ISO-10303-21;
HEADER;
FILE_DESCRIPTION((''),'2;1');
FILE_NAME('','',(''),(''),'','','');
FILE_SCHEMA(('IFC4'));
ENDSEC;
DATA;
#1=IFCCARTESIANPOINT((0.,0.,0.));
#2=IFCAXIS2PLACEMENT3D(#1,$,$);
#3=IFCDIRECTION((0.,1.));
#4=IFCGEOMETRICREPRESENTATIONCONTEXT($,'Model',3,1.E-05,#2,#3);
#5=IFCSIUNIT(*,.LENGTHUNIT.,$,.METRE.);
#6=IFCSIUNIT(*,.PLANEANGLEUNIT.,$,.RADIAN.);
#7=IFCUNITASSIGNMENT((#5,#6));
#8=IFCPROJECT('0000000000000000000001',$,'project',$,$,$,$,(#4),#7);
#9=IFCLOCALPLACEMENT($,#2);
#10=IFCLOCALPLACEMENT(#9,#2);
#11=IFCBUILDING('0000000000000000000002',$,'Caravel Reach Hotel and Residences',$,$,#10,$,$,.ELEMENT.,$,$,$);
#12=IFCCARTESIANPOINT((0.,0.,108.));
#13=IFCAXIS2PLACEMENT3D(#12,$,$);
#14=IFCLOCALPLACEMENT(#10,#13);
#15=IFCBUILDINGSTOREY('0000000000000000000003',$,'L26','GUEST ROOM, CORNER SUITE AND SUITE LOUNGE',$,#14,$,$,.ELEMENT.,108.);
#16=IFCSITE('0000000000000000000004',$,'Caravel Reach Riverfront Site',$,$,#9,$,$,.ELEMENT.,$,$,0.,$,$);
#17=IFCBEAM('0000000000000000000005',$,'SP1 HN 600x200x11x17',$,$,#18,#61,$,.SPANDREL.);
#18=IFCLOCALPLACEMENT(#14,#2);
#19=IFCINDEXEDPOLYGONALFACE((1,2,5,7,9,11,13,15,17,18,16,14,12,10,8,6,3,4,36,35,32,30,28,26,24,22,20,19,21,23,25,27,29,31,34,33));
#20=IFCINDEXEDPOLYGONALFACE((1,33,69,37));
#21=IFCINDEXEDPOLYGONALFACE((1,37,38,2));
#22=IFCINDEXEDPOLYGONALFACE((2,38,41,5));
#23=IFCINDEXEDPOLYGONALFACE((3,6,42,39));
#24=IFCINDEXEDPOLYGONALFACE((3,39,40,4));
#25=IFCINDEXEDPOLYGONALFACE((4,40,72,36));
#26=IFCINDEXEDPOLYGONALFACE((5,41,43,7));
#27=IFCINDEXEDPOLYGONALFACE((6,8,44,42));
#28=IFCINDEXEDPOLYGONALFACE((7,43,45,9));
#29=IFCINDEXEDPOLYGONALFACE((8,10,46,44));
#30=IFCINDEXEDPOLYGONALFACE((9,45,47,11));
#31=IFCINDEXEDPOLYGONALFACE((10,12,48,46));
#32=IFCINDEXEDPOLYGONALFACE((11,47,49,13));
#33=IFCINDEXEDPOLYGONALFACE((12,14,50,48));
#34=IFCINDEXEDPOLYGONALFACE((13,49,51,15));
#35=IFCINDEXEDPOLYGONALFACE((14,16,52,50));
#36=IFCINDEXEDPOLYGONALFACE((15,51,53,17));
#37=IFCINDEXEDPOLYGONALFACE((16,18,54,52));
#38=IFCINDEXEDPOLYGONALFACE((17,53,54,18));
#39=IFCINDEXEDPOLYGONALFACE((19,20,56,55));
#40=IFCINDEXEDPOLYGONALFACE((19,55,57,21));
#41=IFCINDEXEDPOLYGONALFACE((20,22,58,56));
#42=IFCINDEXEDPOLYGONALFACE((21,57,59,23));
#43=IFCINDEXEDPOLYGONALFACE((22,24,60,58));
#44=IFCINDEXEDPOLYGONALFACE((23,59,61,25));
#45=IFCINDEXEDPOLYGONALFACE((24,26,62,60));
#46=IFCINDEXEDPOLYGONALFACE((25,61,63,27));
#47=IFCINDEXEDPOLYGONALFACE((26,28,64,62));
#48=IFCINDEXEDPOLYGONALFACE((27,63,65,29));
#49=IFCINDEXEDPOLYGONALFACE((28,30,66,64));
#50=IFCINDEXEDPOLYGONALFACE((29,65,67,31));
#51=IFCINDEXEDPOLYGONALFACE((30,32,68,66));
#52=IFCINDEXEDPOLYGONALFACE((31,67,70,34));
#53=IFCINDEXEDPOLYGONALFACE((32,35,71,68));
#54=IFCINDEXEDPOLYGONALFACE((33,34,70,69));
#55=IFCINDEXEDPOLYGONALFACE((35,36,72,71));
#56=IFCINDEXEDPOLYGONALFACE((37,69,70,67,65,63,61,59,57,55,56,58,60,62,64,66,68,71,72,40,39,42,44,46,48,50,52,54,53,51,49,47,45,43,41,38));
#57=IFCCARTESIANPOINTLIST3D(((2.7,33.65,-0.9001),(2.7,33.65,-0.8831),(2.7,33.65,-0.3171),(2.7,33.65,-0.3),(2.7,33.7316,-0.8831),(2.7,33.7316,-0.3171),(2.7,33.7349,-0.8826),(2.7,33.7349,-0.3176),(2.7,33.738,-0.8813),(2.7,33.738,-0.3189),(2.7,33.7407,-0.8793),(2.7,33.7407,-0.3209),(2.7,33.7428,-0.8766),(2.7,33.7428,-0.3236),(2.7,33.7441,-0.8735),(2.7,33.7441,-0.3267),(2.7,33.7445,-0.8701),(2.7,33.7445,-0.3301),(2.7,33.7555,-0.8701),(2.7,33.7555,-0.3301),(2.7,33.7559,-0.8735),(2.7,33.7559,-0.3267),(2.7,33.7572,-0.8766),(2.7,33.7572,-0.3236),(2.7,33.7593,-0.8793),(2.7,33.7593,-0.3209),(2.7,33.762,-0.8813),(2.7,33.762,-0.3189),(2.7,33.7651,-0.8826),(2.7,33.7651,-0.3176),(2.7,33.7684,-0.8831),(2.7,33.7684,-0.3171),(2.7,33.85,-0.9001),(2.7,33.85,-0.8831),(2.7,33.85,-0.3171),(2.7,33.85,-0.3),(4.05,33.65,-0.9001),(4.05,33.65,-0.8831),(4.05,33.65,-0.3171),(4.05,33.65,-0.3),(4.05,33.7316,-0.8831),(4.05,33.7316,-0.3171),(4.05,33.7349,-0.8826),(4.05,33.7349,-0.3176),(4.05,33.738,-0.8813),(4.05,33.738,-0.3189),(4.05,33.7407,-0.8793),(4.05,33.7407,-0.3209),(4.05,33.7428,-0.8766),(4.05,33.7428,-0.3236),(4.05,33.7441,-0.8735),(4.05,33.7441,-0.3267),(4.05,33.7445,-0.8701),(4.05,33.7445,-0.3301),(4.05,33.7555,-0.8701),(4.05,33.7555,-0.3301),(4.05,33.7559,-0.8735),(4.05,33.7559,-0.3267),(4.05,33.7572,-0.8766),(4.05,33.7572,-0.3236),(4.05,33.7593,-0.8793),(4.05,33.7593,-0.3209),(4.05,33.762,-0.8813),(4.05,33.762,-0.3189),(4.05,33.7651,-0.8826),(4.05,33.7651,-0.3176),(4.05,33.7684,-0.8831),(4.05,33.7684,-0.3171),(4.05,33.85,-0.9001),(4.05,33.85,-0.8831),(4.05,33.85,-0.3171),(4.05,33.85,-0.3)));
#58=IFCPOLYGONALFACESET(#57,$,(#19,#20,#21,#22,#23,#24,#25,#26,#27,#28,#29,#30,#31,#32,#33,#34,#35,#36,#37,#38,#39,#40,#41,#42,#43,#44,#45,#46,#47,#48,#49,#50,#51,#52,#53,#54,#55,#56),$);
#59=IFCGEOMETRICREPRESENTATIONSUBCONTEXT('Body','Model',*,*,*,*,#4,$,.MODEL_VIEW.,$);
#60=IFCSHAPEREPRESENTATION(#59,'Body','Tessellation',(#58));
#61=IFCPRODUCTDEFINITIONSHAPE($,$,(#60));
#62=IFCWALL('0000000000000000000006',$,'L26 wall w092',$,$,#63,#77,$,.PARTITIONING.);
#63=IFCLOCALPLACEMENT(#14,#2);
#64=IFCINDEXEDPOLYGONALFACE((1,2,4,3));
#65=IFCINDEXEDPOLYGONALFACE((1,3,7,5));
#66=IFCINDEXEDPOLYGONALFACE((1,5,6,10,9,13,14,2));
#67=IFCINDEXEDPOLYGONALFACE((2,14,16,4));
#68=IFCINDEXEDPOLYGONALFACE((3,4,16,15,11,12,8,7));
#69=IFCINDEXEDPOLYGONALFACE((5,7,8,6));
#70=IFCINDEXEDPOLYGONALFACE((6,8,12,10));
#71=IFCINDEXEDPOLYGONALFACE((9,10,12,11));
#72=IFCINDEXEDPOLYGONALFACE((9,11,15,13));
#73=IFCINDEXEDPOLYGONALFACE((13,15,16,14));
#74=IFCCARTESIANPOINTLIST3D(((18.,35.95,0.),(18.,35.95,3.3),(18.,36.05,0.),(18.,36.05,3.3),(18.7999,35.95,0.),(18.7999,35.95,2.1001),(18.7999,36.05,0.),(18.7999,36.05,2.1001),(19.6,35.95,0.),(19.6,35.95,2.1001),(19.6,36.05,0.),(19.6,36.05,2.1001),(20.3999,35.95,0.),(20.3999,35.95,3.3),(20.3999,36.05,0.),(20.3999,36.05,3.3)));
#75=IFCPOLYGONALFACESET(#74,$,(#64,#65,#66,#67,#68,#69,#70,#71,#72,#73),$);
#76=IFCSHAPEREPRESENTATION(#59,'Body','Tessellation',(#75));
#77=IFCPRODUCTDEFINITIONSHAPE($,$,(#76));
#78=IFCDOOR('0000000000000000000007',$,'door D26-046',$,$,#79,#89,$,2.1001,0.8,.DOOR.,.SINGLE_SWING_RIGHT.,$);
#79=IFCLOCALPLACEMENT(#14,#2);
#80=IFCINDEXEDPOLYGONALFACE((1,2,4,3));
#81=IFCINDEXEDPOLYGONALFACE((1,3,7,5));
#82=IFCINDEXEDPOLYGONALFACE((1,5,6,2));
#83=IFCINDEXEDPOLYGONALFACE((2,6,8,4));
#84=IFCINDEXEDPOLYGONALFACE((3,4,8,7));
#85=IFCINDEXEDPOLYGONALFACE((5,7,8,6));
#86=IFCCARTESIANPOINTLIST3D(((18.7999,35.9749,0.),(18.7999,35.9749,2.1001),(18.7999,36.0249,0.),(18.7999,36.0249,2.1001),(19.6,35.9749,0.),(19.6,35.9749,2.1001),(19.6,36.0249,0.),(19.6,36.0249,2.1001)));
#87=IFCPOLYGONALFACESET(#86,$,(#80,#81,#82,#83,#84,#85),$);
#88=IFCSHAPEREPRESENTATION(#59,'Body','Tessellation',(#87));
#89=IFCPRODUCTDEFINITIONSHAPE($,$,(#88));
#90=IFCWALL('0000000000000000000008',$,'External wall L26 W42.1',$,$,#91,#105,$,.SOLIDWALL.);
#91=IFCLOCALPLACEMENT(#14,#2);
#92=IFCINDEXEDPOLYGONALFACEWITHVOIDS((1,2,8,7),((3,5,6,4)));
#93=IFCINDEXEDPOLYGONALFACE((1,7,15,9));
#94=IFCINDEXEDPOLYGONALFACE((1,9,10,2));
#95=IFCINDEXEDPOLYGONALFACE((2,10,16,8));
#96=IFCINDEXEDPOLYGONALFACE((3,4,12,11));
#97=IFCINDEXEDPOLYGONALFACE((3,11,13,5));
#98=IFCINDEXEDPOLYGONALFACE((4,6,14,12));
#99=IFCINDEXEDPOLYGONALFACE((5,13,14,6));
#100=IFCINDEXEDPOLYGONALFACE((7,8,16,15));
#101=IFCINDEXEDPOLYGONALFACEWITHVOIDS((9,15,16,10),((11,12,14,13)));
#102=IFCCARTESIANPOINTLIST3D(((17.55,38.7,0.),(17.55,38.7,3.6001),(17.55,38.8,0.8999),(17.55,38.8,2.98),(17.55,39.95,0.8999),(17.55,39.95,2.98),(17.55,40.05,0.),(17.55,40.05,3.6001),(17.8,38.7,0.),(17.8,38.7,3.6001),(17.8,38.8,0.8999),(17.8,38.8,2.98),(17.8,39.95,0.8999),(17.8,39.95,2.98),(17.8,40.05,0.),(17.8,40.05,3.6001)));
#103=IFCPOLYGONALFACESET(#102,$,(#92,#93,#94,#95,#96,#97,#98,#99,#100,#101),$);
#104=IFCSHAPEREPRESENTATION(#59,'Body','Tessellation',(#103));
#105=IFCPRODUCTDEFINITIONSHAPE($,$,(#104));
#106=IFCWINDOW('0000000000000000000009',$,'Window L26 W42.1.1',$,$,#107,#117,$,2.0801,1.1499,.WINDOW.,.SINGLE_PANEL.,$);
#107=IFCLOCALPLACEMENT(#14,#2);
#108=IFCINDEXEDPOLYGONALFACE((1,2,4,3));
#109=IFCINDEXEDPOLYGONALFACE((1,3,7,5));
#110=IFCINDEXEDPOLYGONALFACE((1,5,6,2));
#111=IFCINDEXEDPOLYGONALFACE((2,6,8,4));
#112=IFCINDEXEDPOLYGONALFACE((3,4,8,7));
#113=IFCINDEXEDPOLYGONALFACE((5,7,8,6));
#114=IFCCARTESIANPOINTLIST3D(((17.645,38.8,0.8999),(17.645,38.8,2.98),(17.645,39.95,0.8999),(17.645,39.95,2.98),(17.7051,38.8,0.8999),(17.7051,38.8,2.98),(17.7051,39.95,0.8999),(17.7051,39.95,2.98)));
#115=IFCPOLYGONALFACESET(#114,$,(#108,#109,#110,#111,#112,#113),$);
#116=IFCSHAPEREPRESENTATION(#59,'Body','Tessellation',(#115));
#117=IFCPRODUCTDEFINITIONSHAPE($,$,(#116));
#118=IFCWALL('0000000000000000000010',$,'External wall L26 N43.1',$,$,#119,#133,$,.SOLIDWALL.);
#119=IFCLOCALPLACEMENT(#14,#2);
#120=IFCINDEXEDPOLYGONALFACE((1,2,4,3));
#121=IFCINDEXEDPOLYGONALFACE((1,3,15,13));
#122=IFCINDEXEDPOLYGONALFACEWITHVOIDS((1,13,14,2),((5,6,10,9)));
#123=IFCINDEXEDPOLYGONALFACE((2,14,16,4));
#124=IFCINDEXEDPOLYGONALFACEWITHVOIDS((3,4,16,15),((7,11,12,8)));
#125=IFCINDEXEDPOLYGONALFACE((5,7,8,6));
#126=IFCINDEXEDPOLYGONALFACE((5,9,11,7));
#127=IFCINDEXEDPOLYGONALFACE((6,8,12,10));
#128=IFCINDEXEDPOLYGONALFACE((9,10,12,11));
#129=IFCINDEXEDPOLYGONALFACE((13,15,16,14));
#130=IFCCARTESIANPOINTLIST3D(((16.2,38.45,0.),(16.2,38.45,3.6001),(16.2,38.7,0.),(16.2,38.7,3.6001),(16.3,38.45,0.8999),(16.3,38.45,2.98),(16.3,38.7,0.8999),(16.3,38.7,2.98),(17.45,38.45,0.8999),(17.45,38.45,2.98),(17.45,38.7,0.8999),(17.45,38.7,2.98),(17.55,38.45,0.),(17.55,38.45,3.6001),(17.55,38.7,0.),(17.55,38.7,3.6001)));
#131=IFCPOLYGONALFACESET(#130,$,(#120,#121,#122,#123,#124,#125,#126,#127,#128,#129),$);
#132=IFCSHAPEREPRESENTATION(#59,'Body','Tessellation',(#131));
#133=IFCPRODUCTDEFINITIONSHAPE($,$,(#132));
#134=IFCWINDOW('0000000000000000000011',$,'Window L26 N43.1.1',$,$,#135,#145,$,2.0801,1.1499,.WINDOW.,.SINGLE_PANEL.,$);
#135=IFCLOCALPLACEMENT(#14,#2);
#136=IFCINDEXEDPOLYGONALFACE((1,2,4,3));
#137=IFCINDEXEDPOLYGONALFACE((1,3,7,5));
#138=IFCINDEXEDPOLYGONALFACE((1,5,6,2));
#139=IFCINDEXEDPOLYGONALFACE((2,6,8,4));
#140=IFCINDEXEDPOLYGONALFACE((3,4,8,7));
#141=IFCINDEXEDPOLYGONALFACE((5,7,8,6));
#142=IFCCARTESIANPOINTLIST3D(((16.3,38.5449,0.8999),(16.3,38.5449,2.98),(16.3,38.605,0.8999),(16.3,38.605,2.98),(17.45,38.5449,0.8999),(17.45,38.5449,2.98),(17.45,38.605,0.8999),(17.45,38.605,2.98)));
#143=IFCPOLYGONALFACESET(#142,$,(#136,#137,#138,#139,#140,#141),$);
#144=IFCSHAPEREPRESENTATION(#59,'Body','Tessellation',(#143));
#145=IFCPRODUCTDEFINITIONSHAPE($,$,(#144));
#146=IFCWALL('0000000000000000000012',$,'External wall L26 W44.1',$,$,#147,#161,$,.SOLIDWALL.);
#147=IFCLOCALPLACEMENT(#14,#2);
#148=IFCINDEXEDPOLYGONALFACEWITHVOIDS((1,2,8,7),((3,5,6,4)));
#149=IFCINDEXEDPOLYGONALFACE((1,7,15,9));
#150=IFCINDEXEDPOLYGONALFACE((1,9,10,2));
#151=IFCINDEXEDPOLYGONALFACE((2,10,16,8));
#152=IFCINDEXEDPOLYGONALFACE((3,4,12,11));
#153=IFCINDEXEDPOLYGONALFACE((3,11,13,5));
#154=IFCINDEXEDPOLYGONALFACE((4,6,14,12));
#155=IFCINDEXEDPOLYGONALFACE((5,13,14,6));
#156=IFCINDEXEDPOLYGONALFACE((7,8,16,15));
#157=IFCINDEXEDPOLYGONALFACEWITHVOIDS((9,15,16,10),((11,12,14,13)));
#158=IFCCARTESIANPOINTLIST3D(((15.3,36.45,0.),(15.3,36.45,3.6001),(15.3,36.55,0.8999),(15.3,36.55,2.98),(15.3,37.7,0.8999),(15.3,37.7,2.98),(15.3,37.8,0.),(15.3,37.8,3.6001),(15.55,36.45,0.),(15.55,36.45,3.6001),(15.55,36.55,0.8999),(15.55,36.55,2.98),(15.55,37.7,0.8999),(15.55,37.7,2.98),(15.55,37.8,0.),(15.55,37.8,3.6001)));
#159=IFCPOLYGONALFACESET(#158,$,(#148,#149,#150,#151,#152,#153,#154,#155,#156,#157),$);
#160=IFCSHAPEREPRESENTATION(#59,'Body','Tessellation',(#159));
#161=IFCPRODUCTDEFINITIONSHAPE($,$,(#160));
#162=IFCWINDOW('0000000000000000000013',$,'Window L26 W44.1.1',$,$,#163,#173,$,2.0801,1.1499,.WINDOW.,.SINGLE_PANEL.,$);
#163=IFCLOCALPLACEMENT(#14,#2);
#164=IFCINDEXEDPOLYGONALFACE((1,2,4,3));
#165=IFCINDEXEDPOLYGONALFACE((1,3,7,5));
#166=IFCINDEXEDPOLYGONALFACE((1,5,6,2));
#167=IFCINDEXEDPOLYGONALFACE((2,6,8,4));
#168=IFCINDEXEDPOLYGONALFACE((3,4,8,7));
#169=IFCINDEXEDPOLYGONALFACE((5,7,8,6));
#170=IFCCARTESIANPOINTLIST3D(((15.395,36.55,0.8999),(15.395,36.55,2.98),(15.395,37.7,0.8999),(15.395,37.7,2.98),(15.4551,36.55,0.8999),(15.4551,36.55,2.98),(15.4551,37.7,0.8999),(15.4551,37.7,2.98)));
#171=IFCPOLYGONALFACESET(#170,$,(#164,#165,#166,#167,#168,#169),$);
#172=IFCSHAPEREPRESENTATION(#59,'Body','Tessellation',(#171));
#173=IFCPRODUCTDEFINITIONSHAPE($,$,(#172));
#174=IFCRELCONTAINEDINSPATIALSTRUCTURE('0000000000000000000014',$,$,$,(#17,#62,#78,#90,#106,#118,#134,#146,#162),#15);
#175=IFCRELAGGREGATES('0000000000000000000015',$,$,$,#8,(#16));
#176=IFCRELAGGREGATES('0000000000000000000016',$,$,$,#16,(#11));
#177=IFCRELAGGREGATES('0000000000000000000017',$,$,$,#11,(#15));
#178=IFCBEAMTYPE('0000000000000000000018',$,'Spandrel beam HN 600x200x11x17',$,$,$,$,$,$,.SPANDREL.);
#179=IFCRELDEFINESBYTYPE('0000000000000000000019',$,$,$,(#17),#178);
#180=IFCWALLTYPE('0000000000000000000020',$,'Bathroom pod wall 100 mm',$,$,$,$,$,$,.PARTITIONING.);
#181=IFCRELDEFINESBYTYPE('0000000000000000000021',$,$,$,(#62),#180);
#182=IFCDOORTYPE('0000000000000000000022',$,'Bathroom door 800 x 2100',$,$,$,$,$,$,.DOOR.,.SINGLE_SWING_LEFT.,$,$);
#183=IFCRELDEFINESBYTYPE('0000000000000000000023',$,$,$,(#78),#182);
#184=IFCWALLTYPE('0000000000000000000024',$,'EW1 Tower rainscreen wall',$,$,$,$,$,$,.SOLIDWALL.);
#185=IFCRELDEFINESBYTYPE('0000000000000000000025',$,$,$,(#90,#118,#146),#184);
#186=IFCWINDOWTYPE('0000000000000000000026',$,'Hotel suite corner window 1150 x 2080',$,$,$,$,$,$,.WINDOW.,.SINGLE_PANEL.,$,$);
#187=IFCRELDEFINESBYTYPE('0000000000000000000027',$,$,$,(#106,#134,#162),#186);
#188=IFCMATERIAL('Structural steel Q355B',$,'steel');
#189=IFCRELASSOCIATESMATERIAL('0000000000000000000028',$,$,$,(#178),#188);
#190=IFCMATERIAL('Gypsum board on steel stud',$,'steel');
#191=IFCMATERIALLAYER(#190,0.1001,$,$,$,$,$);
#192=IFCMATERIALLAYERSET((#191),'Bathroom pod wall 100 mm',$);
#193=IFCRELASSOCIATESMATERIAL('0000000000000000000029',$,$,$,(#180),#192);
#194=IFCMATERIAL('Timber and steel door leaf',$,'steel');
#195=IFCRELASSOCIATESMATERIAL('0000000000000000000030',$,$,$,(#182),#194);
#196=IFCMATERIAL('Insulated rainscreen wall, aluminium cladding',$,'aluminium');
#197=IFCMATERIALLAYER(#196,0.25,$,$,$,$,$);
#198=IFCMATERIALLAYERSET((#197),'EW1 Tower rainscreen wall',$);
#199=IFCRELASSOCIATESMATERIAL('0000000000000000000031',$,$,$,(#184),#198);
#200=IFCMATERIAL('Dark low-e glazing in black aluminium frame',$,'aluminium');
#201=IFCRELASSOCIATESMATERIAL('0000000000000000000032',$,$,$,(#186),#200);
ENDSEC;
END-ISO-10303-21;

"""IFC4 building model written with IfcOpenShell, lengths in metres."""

from ifc_helpers import new_model, si_unit, direction, frame, frame_2d, origin, origin_2d, place, context, subcontext, project, spatial, rectangle, i_section, extrude, material, layer, layer_set, material_profile, profile_set, type_object, element, fill, save


model = new_model("IFC4")

# Units and contexts
model_context = context("Model", 3, precision=1e-05, world=origin(), true_north=direction((0.0, 1.0)))
body_context = subcontext(model_context, "Body", "Model", "MODEL_VIEW")
ifc_project = project(units=[si_unit("LENGTHUNIT", "METRE"), si_unit("PLANEANGLEUNIT", "RADIAN")], contexts=[model_context])

# Site, building, storey
site_placement = place(None, origin())
site = spatial("IfcSite", under=ifc_project, at=site_placement, Name="Caravel Reach Riverfront Site", CompositionType="ELEMENT", RefElevation=0.0)
building_placement = place(site_placement, origin())
building = spatial("IfcBuilding", under=site, at=building_placement, Name="Caravel Reach Hotel and Residences", CompositionType="ELEMENT")
storey_placement = place(building_placement, frame((0.0, 0.0, 108.0)))
storey = spatial("IfcBuildingStorey", under=building, at=storey_placement, Name="L26", Description="GUEST ROOM, CORNER SUITE AND SUITE LOUNGE", CompositionType="ELEMENT", Elevation=108.0)

# Beam
ifc_material_1 = material(Name="Structural steel Q355B", Category="steel")
ifc_material_profile_1 = material_profile(ifc_material_1, i_section(OverallWidth=0.2, OverallDepth=0.6001, WebThickness=0.011, FlangeThickness=0.0171, FilletRadius=0.0129, at=origin_2d()), Name="HN 600x200x11x17")
ifc_profile_set_1 = profile_set([ifc_material_profile_1], Name="Structural steel Q355B")
beam_type = type_object("IfcBeamType", Name="Spandrel beam HN 600x200x11x17", PredefinedType="SPANDREL", material=ifc_profile_set_1)
for number, where, z_axis, x_axis, name in (
    (1, (4.05, 33.75, -0.6001), (-1.0, 0.0, 0.0), (0.0, -1.0, 0.0), "SP1 HN 600x200x11x17"),
):
    element("IfcBeam", number, at=place(storey_placement, frame(where, z_axis=z_axis, x_axis=x_axis)), inside=storey, type_object=beam_type, Name=name, PredefinedType="SPANDREL", context=body_context, shape_type="SweptSolid", body=[
        extrude(i_section(OverallWidth=0.2, OverallDepth=0.6001, WebThickness=0.011, FlangeThickness=0.0171, FilletRadius=0.0129, at=origin_2d()), origin(), (0.0, 0.0, 1.0), 1.3501),
    ])

# Wall, opening, door
ifc_material_2 = material(Name="Gypsum board on steel stud", Category="steel")
ifc_layer_1 = layer(ifc_material_2, 0.1001)
ifc_layer_set_1 = layer_set([ifc_layer_1], Name="Bathroom pod wall 100 mm")
wall_type_1 = type_object("IfcWallType", Name="Bathroom pod wall 100 mm", PredefinedType="PARTITIONING", material=ifc_layer_set_1)
wall_1_placement = place(storey_placement, frame((18.0, 36.0, 0.0), z_axis=(0.0, 0.0, 1.0), x_axis=(1.0, 0.0, 0.0)))
wall_1 = element("IfcWall", 2, at=wall_1_placement, inside=storey, type_object=wall_type_1, Name="L26 wall w092", PredefinedType="PARTITIONING", context=body_context, shape_type="SweptSolid", body=[
    extrude(rectangle(XDim=2.3999, YDim=0.1001, at=frame_2d((1.2, 0.0))), origin(), (0.0, 0.0, 1.0), 3.3),
])
opening_1_placement = place(wall_1_placement, frame((0.8, 0.0, 0.0)))
opening_1 = element("IfcOpeningElement", 3, at=opening_1_placement, cuts=wall_1, PredefinedType="OPENING", context=body_context, shape_type="SweptSolid", body=[
    extrude(rectangle(XDim=0.8, YDim=2.1001, at=frame_2d((0.3999, 1.05))), frame((0.0, 0.0601, 0.0), z_axis=(0.0, -1.0, 0.0), x_axis=(1.0, 0.0, 0.0)), (0.0, 0.0, 1.0), 0.1201),
])
ifc_material_3 = material(Name="Timber and steel door leaf", Category="steel")
door_type = type_object("IfcDoorType", Name="Bathroom door 800 x 2100", OperationType="SINGLE_SWING_LEFT", PredefinedType="DOOR", material=ifc_material_3)
door_placement = place(opening_1_placement, origin())
door = element("IfcDoor", 4, at=door_placement, inside=storey, type_object=door_type, Name="door D26-046", OperationType="SINGLE_SWING_RIGHT", OverallHeight=2.1001, OverallWidth=0.8, PredefinedType="DOOR", context=body_context, shape_type="SweptSolid", body=[
    extrude(rectangle(XDim=0.8, YDim=2.1001, at=frame_2d((0.3999, 1.05))), frame((0.0, 0.0249, 0.0), z_axis=(0.0, -1.0, 0.0), x_axis=(1.0, 0.0, 0.0)), (0.0, 0.0, 1.0), 0.05),
])
fill(opening_1, door)

# Walls, openings, windows
ifc_material_4 = material(Name="Insulated rainscreen wall, aluminium cladding", Category="aluminium")
ifc_layer_2 = layer(ifc_material_4, 0.25)
ifc_layer_set_2 = layer_set([ifc_layer_2], Name="EW1 Tower rainscreen wall")
wall_type_2 = type_object("IfcWallType", Name="EW1 Tower rainscreen wall", PredefinedType="SOLIDWALL", material=ifc_layer_set_2)
wall_2_placement = place(storey_placement, frame((17.675, 40.05, 0.0), z_axis=(0.0, 0.0, 1.0), x_axis=(0.0, -1.0, 0.0)))
wall_2 = element("IfcWall", 5, at=wall_2_placement, inside=storey, type_object=wall_type_2, Name="External wall L26 W42.1", PredefinedType="SOLIDWALL", context=body_context, shape_type="SweptSolid", body=[
    extrude(rectangle(XDim=1.3501, YDim=0.25, at=frame_2d((0.675, 0.0))), origin(), (0.0, 0.0, 1.0), 3.6001),
])
opening_2_placement = place(wall_2_placement, frame((0.1001, 0.0, 0.8999)))
opening_2 = element("IfcOpeningElement", 6, at=opening_2_placement, cuts=wall_2, PredefinedType="OPENING", context=body_context, shape_type="SweptSolid", body=[
    extrude(rectangle(XDim=1.1499, YDim=2.0801, at=frame_2d((0.575, 1.04))), frame((0.0, 0.135, 0.0), z_axis=(0.0, -1.0, 0.0), x_axis=(1.0, 0.0, 0.0)), (0.0, 0.0, 1.0), 0.27),
])
ifc_material_5 = material(Name="Dark low-e glazing in black aluminium frame", Category="aluminium")
window_type_1 = type_object("IfcWindowType", Name="Hotel suite corner window 1150 x 2080", PartitioningType="SINGLE_PANEL", PredefinedType="WINDOW", material=ifc_material_5)
window_1_placement = place(opening_2_placement, origin())
window_1 = element("IfcWindow", 7, at=window_1_placement, inside=storey, type_object=window_type_1, Name="Window L26 W42.1.1", OverallHeight=2.0801, OverallWidth=1.1499, PartitioningType="SINGLE_PANEL", PredefinedType="WINDOW", context=body_context, shape_type="SweptSolid", body=[
    extrude(rectangle(XDim=1.1499, YDim=2.0801, at=frame_2d((0.575, 1.04))), frame((0.0, 0.03, 0.0), z_axis=(0.0, -1.0, 0.0), x_axis=(1.0, 0.0, 0.0)), (0.0, 0.0, 1.0), 0.0601),
])
fill(opening_2, window_1)
wall_3_placement = place(storey_placement, frame((17.55, 38.575, 0.0), z_axis=(0.0, 0.0, 1.0), x_axis=(-1.0, 0.0, 0.0)))
wall_3 = element("IfcWall", 8, at=wall_3_placement, inside=storey, type_object=wall_type_2, Name="External wall L26 N43.1", PredefinedType="SOLIDWALL", context=body_context, shape_type="SweptSolid", body=[
    extrude(rectangle(XDim=1.3501, YDim=0.25, at=frame_2d((0.675, 0.0))), origin(), (0.0, 0.0, 1.0), 3.6001),
])
opening_3_placement = place(wall_3_placement, frame((0.1001, 0.0, 0.8999)))
opening_3 = element("IfcOpeningElement", 9, at=opening_3_placement, cuts=wall_3, PredefinedType="OPENING", context=body_context, shape_type="SweptSolid", body=[
    extrude(rectangle(XDim=1.1499, YDim=2.0801, at=frame_2d((0.575, 1.04))), frame((0.0, 0.135, 0.0), z_axis=(0.0, -1.0, 0.0), x_axis=(1.0, 0.0, 0.0)), (0.0, 0.0, 1.0), 0.27),
])
window_2_placement = place(opening_3_placement, origin())
window_2 = element("IfcWindow", 10, at=window_2_placement, inside=storey, type_object=window_type_1, Name="Window L26 N43.1.1", OverallHeight=2.0801, OverallWidth=1.1499, PartitioningType="SINGLE_PANEL", PredefinedType="WINDOW", context=body_context, shape_type="SweptSolid", body=[
    extrude(rectangle(XDim=1.1499, YDim=2.0801, at=frame_2d((0.575, 1.04))), frame((0.0, 0.03, 0.0), z_axis=(0.0, -1.0, 0.0), x_axis=(1.0, 0.0, 0.0)), (0.0, 0.0, 1.0), 0.0601),
])
fill(opening_3, window_2)
wall_4_placement = place(storey_placement, frame((15.425, 37.8, 0.0), z_axis=(0.0, 0.0, 1.0), x_axis=(0.0, -1.0, 0.0)))
wall_4 = element("IfcWall", 11, at=wall_4_placement, inside=storey, type_object=wall_type_2, Name="External wall L26 W44.1", PredefinedType="SOLIDWALL", context=body_context, shape_type="SweptSolid", body=[
    extrude(rectangle(XDim=1.3501, YDim=0.25, at=frame_2d((0.675, 0.0))), origin(), (0.0, 0.0, 1.0), 3.6001),
])
opening_4_placement = place(wall_4_placement, frame((0.1001, 0.0, 0.8999)))
opening_4 = element("IfcOpeningElement", 12, at=opening_4_placement, cuts=wall_4, PredefinedType="OPENING", context=body_context, shape_type="SweptSolid", body=[
    extrude(rectangle(XDim=1.1499, YDim=2.0801, at=frame_2d((0.575, 1.04))), frame((0.0, 0.135, 0.0), z_axis=(0.0, -1.0, 0.0), x_axis=(1.0, 0.0, 0.0)), (0.0, 0.0, 1.0), 0.27),
])
window_3_placement = place(opening_4_placement, origin())
window_3 = element("IfcWindow", 13, at=window_3_placement, inside=storey, type_object=window_type_1, Name="Window L26 W44.1.1", OverallHeight=2.0801, OverallWidth=1.1499, PartitioningType="SINGLE_PANEL", PredefinedType="WINDOW", context=body_context, shape_type="SweptSolid", body=[
    extrude(rectangle(XDim=1.1499, YDim=2.0801, at=frame_2d((0.575, 1.04))), frame((0.0, 0.03, 0.0), z_axis=(0.0, -1.0, 0.0), x_axis=(1.0, 0.0, 0.0)), (0.0, 0.0, 1.0), 0.0601),
])
fill(opening_4, window_3)

save(model, "model.ifc")
